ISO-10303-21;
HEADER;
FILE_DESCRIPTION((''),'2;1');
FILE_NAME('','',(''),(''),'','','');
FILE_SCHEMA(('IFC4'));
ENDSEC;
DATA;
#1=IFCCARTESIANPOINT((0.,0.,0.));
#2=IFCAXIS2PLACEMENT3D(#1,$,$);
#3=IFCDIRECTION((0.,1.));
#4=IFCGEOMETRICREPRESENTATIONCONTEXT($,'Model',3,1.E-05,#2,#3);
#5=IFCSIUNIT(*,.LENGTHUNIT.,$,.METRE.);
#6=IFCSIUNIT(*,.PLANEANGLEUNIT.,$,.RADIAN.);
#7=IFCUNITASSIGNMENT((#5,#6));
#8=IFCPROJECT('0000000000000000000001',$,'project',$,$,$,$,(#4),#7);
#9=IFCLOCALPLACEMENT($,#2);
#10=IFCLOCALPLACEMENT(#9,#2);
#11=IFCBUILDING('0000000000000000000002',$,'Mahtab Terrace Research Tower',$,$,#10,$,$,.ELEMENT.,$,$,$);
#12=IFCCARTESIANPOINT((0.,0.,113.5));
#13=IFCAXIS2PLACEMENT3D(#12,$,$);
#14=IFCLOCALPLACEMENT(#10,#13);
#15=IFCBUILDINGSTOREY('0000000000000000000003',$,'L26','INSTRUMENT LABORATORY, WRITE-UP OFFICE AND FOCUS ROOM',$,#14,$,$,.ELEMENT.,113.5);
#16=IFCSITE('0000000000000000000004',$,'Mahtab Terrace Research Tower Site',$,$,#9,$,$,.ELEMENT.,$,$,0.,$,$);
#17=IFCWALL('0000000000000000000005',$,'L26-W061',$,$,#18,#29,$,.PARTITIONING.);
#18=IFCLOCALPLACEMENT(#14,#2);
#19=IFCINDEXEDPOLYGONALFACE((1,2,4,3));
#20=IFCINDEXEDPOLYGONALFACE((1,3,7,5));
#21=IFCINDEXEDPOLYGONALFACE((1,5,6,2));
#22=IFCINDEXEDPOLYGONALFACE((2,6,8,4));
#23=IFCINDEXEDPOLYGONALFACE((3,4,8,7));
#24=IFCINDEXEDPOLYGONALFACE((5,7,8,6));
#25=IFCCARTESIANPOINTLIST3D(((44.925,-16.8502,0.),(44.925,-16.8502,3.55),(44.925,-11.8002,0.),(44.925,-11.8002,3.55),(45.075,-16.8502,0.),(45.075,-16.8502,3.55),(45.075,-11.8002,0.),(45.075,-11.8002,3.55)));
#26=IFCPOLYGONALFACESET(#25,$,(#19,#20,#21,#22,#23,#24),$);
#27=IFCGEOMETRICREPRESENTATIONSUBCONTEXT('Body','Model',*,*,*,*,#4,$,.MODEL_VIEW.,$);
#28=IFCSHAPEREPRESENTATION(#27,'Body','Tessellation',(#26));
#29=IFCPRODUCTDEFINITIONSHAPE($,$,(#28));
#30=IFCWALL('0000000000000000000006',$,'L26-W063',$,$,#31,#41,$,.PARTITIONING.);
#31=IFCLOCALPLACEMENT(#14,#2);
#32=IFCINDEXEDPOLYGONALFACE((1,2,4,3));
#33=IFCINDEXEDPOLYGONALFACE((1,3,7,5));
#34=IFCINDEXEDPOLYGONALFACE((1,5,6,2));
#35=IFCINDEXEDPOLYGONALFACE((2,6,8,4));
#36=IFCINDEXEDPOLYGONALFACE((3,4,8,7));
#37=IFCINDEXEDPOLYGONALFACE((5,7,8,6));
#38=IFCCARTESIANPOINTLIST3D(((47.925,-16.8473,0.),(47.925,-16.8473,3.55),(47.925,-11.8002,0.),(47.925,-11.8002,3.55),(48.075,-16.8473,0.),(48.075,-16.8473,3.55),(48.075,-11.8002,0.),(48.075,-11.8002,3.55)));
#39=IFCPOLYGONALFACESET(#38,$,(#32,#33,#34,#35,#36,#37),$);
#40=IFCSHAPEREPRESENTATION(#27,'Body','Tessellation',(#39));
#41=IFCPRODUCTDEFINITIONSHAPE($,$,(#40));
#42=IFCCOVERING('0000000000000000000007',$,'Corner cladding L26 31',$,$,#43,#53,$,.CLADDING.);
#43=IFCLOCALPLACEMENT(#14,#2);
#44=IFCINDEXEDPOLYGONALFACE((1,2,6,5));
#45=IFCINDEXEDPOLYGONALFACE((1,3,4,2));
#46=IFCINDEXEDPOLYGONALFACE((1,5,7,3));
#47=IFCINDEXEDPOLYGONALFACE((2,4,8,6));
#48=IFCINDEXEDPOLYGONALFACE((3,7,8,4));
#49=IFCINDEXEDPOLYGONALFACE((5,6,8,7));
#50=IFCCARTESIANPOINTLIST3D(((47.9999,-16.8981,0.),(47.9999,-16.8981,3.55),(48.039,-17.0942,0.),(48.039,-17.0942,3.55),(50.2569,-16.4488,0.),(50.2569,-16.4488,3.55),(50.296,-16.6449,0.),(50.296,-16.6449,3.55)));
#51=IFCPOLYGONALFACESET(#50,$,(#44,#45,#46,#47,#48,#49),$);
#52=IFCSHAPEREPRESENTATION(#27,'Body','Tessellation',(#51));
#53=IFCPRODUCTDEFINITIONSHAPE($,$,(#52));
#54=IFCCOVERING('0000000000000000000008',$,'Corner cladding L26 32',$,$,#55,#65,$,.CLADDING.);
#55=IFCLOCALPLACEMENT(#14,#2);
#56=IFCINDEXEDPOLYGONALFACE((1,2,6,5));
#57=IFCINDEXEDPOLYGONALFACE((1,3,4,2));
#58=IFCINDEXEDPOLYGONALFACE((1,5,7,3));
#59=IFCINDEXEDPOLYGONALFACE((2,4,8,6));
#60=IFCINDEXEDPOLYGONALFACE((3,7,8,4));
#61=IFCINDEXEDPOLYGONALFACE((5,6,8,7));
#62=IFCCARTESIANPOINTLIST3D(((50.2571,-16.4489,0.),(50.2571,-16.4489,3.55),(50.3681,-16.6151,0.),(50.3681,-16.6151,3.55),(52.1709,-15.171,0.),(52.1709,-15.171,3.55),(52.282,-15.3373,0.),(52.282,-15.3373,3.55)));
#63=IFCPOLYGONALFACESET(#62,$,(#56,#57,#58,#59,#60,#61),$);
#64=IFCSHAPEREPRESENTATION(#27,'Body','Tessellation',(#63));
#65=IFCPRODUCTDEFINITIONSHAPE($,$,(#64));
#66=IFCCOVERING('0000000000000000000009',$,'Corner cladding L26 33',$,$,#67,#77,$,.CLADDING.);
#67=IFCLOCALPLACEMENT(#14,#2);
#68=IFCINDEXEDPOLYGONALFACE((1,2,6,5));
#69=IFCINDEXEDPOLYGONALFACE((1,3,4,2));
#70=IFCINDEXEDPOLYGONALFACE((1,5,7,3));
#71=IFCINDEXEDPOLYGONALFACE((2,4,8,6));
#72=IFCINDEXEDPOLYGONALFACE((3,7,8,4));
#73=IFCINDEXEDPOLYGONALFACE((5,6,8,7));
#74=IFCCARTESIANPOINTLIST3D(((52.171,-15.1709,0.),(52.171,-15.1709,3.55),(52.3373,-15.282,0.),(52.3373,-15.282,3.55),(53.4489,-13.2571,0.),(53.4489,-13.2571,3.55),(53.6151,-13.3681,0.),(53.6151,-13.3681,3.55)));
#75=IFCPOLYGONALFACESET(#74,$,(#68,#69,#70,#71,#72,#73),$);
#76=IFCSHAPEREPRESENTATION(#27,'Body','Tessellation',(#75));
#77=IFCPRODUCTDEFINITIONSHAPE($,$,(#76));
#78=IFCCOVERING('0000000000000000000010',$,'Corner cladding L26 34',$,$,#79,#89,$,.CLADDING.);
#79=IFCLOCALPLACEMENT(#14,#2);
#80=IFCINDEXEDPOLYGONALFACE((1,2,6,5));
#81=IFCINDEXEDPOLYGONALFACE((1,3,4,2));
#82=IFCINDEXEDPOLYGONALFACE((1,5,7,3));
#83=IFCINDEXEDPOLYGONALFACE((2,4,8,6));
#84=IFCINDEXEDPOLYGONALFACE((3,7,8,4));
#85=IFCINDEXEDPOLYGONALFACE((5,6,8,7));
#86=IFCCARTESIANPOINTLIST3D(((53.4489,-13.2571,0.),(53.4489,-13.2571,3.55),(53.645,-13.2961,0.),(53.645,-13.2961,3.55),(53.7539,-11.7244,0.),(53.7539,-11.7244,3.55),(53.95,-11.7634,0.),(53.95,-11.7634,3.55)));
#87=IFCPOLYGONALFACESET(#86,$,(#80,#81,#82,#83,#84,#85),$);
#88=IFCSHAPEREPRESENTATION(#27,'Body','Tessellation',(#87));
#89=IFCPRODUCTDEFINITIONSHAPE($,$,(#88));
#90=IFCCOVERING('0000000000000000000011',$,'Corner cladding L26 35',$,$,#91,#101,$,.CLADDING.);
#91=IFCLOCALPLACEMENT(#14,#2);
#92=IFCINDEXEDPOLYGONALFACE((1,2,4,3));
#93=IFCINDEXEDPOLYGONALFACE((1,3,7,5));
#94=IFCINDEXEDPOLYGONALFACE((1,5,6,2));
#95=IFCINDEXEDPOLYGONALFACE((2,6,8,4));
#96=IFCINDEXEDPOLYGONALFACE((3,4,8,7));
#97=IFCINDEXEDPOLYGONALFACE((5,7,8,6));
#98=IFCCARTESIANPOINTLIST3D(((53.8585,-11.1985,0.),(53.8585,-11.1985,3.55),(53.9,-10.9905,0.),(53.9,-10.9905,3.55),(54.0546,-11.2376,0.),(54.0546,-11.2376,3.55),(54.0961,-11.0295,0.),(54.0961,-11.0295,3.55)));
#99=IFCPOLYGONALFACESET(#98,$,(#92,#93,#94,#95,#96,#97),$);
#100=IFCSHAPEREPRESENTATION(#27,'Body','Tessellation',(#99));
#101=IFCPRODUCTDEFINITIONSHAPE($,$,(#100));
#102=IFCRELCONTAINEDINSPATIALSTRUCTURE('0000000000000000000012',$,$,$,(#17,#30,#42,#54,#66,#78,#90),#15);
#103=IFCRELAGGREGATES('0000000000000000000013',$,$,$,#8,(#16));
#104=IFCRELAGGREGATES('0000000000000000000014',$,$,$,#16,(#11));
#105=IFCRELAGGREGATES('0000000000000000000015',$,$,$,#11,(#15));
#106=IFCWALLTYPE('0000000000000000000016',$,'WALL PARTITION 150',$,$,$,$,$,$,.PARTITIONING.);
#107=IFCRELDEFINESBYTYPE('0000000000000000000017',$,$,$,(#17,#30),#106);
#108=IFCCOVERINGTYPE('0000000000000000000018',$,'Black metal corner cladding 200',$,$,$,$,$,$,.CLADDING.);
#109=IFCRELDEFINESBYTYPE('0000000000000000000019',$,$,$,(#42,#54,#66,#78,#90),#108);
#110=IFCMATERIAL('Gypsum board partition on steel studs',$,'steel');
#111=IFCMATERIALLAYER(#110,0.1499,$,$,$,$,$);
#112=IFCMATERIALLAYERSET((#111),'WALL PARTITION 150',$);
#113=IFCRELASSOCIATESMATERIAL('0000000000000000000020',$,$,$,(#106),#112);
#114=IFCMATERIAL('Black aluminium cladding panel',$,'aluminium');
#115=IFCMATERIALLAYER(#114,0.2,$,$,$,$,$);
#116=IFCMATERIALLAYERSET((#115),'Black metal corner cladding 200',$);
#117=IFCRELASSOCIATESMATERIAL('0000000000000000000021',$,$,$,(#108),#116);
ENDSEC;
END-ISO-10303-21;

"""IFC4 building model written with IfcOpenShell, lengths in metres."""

from ifc_helpers import new_model, si_unit, direction, frame, frame_2d, origin, origin_2d, place, context, subcontext, project, spatial, rectangle, extrude, material, layer, layer_set, type_object, element, save


model = new_model("IFC4")

# Units and contexts
model_context = context("Model", 3, precision=1e-05, world=origin(), true_north=direction((0.0, 1.0)))
body_context = subcontext(model_context, "Body", "Model", "MODEL_VIEW")
ifc_project = project(units=[si_unit("LENGTHUNIT", "METRE"), si_unit("PLANEANGLEUNIT", "RADIAN")], contexts=[model_context])

# Site, building, storey
site_placement = place(None, origin())
site = spatial("IfcSite", under=ifc_project, at=site_placement, Name="Mahtab Terrace Research Tower Site", CompositionType="ELEMENT", RefElevation=0.0)
building_placement = place(site_placement, origin())
building = spatial("IfcBuilding", under=site, at=building_placement, Name="Mahtab Terrace Research Tower", CompositionType="ELEMENT")
storey_placement = place(building_placement, frame((0.0, 0.0, 113.5)))
storey = spatial("IfcBuildingStorey", under=building, at=storey_placement, Name="L26", Description="INSTRUMENT LABORATORY, WRITE-UP OFFICE AND FOCUS ROOM", CompositionType="ELEMENT", Elevation=113.5)

# Shared definitions
ifc_material_1 = material(Name="Black aluminium cladding panel", Category="aluminium")

# Walls
ifc_material_2 = material(Name="Gypsum board partition on steel studs", Category="steel")
ifc_layer_1 = layer(ifc_material_2, 0.1499)
ifc_layer_set_1 = layer_set([ifc_layer_1], Name="WALL PARTITION 150")
wall_type_1 = type_object("IfcWallType", Name="WALL PARTITION 150", PredefinedType="PARTITIONING", material=ifc_layer_set_1)
wall_1_placement = place(storey_placement, frame((45.0, -16.8501, 0.0), z_axis=(0.0, 0.0, 1.0), x_axis=(0.0, 1.0, 0.0)))
element("IfcWall", 1, at=wall_1_placement, inside=storey, type_object=wall_type_1, Name="L26-W061", PredefinedType="PARTITIONING", context=body_context, shape_type="SweptSolid", body=[
    extrude(rectangle(XDim=5.05, YDim=0.1499, at=frame_2d((2.5249, 0.0))), origin(), (0.0, 0.0, 1.0), 3.55),
])
wall_2_placement = place(storey_placement, frame((48.0, -16.8472, 0.0), z_axis=(0.0, 0.0, 1.0), x_axis=(0.0, 1.0, 0.0)))
element("IfcWall", 2, at=wall_2_placement, inside=storey, type_object=wall_type_1, Name="L26-W063", PredefinedType="PARTITIONING", context=body_context, shape_type="SweptSolid", body=[
    extrude(rectangle(XDim=5.0471, YDim=0.1499, at=frame_2d((2.5234, 0.0))), origin(), (0.0, 0.0, 1.0), 3.55),
])

# Coverings
ifc_layer_2 = layer(ifc_material_1, 0.2)
ifc_layer_set_2 = layer_set([ifc_layer_2], Name="Black metal corner cladding 200")
covering_type = type_object("IfcCoveringType", Name="Black metal corner cladding 200", PredefinedType="CLADDING", material=ifc_layer_set_2)
for number, where, z_axis, x_axis, name in (
    (3, (49.1479, -16.7715, 0.0), (0.0, 0.0, 1.0), (0.980761, 0.195212, 0.0), "Corner cladding L26 31"),
    (4, (51.2695, -15.8931, 0.0), (0.0, 0.0, 1.0), (0.831656, 0.555291, 0.0), "Corner cladding L26 32"),
    (5, (52.8931, -14.2695, 0.0), (0.0, 0.0, 1.0), (0.555291, 0.831656, 0.0), "Corner cladding L26 33"),
):
    element("IfcCovering", number, at=place(storey_placement, frame(where, z_axis=z_axis, x_axis=x_axis)), inside=storey, type_object=covering_type, Name=name, PredefinedType="CLADDING", context=body_context, shape_type="SweptSolid", body=[
        extrude(rectangle(XDim=2.3013, YDim=0.2, at=origin_2d()), origin(), (0.0, 0.0, 1.0), 3.55),
    ])
covering_1_placement = place(storey_placement, frame((53.6995, -12.5103, 0.0), z_axis=(0.0, 0.0, 1.0), x_axis=(0.195212, 0.980761, 0.0)))
element("IfcCovering", 6, at=covering_1_placement, inside=storey, type_object=covering_type, Name="Corner cladding L26 34", PredefinedType="CLADDING", context=body_context, shape_type="SweptSolid", body=[
    extrude(rectangle(XDim=1.5627, YDim=0.2, at=origin_2d()), origin(), (0.0, 0.0, 1.0), 3.55),
])
covering_2_placement = place(storey_placement, frame((53.9773, -11.114, 0.0), z_axis=(0.0, 0.0, 1.0), x_axis=(0.195212, 0.980761, 0.0)))
element("IfcCovering", 7, at=covering_2_placement, inside=storey, type_object=covering_type, Name="Corner cladding L26 35", PredefinedType="CLADDING", context=body_context, shape_type="SweptSolid", body=[
    extrude(rectangle(XDim=0.2122, YDim=0.2, at=origin_2d()), origin(), (0.0, 0.0, 1.0), 3.55),
])

save(model, "model.ifc")
